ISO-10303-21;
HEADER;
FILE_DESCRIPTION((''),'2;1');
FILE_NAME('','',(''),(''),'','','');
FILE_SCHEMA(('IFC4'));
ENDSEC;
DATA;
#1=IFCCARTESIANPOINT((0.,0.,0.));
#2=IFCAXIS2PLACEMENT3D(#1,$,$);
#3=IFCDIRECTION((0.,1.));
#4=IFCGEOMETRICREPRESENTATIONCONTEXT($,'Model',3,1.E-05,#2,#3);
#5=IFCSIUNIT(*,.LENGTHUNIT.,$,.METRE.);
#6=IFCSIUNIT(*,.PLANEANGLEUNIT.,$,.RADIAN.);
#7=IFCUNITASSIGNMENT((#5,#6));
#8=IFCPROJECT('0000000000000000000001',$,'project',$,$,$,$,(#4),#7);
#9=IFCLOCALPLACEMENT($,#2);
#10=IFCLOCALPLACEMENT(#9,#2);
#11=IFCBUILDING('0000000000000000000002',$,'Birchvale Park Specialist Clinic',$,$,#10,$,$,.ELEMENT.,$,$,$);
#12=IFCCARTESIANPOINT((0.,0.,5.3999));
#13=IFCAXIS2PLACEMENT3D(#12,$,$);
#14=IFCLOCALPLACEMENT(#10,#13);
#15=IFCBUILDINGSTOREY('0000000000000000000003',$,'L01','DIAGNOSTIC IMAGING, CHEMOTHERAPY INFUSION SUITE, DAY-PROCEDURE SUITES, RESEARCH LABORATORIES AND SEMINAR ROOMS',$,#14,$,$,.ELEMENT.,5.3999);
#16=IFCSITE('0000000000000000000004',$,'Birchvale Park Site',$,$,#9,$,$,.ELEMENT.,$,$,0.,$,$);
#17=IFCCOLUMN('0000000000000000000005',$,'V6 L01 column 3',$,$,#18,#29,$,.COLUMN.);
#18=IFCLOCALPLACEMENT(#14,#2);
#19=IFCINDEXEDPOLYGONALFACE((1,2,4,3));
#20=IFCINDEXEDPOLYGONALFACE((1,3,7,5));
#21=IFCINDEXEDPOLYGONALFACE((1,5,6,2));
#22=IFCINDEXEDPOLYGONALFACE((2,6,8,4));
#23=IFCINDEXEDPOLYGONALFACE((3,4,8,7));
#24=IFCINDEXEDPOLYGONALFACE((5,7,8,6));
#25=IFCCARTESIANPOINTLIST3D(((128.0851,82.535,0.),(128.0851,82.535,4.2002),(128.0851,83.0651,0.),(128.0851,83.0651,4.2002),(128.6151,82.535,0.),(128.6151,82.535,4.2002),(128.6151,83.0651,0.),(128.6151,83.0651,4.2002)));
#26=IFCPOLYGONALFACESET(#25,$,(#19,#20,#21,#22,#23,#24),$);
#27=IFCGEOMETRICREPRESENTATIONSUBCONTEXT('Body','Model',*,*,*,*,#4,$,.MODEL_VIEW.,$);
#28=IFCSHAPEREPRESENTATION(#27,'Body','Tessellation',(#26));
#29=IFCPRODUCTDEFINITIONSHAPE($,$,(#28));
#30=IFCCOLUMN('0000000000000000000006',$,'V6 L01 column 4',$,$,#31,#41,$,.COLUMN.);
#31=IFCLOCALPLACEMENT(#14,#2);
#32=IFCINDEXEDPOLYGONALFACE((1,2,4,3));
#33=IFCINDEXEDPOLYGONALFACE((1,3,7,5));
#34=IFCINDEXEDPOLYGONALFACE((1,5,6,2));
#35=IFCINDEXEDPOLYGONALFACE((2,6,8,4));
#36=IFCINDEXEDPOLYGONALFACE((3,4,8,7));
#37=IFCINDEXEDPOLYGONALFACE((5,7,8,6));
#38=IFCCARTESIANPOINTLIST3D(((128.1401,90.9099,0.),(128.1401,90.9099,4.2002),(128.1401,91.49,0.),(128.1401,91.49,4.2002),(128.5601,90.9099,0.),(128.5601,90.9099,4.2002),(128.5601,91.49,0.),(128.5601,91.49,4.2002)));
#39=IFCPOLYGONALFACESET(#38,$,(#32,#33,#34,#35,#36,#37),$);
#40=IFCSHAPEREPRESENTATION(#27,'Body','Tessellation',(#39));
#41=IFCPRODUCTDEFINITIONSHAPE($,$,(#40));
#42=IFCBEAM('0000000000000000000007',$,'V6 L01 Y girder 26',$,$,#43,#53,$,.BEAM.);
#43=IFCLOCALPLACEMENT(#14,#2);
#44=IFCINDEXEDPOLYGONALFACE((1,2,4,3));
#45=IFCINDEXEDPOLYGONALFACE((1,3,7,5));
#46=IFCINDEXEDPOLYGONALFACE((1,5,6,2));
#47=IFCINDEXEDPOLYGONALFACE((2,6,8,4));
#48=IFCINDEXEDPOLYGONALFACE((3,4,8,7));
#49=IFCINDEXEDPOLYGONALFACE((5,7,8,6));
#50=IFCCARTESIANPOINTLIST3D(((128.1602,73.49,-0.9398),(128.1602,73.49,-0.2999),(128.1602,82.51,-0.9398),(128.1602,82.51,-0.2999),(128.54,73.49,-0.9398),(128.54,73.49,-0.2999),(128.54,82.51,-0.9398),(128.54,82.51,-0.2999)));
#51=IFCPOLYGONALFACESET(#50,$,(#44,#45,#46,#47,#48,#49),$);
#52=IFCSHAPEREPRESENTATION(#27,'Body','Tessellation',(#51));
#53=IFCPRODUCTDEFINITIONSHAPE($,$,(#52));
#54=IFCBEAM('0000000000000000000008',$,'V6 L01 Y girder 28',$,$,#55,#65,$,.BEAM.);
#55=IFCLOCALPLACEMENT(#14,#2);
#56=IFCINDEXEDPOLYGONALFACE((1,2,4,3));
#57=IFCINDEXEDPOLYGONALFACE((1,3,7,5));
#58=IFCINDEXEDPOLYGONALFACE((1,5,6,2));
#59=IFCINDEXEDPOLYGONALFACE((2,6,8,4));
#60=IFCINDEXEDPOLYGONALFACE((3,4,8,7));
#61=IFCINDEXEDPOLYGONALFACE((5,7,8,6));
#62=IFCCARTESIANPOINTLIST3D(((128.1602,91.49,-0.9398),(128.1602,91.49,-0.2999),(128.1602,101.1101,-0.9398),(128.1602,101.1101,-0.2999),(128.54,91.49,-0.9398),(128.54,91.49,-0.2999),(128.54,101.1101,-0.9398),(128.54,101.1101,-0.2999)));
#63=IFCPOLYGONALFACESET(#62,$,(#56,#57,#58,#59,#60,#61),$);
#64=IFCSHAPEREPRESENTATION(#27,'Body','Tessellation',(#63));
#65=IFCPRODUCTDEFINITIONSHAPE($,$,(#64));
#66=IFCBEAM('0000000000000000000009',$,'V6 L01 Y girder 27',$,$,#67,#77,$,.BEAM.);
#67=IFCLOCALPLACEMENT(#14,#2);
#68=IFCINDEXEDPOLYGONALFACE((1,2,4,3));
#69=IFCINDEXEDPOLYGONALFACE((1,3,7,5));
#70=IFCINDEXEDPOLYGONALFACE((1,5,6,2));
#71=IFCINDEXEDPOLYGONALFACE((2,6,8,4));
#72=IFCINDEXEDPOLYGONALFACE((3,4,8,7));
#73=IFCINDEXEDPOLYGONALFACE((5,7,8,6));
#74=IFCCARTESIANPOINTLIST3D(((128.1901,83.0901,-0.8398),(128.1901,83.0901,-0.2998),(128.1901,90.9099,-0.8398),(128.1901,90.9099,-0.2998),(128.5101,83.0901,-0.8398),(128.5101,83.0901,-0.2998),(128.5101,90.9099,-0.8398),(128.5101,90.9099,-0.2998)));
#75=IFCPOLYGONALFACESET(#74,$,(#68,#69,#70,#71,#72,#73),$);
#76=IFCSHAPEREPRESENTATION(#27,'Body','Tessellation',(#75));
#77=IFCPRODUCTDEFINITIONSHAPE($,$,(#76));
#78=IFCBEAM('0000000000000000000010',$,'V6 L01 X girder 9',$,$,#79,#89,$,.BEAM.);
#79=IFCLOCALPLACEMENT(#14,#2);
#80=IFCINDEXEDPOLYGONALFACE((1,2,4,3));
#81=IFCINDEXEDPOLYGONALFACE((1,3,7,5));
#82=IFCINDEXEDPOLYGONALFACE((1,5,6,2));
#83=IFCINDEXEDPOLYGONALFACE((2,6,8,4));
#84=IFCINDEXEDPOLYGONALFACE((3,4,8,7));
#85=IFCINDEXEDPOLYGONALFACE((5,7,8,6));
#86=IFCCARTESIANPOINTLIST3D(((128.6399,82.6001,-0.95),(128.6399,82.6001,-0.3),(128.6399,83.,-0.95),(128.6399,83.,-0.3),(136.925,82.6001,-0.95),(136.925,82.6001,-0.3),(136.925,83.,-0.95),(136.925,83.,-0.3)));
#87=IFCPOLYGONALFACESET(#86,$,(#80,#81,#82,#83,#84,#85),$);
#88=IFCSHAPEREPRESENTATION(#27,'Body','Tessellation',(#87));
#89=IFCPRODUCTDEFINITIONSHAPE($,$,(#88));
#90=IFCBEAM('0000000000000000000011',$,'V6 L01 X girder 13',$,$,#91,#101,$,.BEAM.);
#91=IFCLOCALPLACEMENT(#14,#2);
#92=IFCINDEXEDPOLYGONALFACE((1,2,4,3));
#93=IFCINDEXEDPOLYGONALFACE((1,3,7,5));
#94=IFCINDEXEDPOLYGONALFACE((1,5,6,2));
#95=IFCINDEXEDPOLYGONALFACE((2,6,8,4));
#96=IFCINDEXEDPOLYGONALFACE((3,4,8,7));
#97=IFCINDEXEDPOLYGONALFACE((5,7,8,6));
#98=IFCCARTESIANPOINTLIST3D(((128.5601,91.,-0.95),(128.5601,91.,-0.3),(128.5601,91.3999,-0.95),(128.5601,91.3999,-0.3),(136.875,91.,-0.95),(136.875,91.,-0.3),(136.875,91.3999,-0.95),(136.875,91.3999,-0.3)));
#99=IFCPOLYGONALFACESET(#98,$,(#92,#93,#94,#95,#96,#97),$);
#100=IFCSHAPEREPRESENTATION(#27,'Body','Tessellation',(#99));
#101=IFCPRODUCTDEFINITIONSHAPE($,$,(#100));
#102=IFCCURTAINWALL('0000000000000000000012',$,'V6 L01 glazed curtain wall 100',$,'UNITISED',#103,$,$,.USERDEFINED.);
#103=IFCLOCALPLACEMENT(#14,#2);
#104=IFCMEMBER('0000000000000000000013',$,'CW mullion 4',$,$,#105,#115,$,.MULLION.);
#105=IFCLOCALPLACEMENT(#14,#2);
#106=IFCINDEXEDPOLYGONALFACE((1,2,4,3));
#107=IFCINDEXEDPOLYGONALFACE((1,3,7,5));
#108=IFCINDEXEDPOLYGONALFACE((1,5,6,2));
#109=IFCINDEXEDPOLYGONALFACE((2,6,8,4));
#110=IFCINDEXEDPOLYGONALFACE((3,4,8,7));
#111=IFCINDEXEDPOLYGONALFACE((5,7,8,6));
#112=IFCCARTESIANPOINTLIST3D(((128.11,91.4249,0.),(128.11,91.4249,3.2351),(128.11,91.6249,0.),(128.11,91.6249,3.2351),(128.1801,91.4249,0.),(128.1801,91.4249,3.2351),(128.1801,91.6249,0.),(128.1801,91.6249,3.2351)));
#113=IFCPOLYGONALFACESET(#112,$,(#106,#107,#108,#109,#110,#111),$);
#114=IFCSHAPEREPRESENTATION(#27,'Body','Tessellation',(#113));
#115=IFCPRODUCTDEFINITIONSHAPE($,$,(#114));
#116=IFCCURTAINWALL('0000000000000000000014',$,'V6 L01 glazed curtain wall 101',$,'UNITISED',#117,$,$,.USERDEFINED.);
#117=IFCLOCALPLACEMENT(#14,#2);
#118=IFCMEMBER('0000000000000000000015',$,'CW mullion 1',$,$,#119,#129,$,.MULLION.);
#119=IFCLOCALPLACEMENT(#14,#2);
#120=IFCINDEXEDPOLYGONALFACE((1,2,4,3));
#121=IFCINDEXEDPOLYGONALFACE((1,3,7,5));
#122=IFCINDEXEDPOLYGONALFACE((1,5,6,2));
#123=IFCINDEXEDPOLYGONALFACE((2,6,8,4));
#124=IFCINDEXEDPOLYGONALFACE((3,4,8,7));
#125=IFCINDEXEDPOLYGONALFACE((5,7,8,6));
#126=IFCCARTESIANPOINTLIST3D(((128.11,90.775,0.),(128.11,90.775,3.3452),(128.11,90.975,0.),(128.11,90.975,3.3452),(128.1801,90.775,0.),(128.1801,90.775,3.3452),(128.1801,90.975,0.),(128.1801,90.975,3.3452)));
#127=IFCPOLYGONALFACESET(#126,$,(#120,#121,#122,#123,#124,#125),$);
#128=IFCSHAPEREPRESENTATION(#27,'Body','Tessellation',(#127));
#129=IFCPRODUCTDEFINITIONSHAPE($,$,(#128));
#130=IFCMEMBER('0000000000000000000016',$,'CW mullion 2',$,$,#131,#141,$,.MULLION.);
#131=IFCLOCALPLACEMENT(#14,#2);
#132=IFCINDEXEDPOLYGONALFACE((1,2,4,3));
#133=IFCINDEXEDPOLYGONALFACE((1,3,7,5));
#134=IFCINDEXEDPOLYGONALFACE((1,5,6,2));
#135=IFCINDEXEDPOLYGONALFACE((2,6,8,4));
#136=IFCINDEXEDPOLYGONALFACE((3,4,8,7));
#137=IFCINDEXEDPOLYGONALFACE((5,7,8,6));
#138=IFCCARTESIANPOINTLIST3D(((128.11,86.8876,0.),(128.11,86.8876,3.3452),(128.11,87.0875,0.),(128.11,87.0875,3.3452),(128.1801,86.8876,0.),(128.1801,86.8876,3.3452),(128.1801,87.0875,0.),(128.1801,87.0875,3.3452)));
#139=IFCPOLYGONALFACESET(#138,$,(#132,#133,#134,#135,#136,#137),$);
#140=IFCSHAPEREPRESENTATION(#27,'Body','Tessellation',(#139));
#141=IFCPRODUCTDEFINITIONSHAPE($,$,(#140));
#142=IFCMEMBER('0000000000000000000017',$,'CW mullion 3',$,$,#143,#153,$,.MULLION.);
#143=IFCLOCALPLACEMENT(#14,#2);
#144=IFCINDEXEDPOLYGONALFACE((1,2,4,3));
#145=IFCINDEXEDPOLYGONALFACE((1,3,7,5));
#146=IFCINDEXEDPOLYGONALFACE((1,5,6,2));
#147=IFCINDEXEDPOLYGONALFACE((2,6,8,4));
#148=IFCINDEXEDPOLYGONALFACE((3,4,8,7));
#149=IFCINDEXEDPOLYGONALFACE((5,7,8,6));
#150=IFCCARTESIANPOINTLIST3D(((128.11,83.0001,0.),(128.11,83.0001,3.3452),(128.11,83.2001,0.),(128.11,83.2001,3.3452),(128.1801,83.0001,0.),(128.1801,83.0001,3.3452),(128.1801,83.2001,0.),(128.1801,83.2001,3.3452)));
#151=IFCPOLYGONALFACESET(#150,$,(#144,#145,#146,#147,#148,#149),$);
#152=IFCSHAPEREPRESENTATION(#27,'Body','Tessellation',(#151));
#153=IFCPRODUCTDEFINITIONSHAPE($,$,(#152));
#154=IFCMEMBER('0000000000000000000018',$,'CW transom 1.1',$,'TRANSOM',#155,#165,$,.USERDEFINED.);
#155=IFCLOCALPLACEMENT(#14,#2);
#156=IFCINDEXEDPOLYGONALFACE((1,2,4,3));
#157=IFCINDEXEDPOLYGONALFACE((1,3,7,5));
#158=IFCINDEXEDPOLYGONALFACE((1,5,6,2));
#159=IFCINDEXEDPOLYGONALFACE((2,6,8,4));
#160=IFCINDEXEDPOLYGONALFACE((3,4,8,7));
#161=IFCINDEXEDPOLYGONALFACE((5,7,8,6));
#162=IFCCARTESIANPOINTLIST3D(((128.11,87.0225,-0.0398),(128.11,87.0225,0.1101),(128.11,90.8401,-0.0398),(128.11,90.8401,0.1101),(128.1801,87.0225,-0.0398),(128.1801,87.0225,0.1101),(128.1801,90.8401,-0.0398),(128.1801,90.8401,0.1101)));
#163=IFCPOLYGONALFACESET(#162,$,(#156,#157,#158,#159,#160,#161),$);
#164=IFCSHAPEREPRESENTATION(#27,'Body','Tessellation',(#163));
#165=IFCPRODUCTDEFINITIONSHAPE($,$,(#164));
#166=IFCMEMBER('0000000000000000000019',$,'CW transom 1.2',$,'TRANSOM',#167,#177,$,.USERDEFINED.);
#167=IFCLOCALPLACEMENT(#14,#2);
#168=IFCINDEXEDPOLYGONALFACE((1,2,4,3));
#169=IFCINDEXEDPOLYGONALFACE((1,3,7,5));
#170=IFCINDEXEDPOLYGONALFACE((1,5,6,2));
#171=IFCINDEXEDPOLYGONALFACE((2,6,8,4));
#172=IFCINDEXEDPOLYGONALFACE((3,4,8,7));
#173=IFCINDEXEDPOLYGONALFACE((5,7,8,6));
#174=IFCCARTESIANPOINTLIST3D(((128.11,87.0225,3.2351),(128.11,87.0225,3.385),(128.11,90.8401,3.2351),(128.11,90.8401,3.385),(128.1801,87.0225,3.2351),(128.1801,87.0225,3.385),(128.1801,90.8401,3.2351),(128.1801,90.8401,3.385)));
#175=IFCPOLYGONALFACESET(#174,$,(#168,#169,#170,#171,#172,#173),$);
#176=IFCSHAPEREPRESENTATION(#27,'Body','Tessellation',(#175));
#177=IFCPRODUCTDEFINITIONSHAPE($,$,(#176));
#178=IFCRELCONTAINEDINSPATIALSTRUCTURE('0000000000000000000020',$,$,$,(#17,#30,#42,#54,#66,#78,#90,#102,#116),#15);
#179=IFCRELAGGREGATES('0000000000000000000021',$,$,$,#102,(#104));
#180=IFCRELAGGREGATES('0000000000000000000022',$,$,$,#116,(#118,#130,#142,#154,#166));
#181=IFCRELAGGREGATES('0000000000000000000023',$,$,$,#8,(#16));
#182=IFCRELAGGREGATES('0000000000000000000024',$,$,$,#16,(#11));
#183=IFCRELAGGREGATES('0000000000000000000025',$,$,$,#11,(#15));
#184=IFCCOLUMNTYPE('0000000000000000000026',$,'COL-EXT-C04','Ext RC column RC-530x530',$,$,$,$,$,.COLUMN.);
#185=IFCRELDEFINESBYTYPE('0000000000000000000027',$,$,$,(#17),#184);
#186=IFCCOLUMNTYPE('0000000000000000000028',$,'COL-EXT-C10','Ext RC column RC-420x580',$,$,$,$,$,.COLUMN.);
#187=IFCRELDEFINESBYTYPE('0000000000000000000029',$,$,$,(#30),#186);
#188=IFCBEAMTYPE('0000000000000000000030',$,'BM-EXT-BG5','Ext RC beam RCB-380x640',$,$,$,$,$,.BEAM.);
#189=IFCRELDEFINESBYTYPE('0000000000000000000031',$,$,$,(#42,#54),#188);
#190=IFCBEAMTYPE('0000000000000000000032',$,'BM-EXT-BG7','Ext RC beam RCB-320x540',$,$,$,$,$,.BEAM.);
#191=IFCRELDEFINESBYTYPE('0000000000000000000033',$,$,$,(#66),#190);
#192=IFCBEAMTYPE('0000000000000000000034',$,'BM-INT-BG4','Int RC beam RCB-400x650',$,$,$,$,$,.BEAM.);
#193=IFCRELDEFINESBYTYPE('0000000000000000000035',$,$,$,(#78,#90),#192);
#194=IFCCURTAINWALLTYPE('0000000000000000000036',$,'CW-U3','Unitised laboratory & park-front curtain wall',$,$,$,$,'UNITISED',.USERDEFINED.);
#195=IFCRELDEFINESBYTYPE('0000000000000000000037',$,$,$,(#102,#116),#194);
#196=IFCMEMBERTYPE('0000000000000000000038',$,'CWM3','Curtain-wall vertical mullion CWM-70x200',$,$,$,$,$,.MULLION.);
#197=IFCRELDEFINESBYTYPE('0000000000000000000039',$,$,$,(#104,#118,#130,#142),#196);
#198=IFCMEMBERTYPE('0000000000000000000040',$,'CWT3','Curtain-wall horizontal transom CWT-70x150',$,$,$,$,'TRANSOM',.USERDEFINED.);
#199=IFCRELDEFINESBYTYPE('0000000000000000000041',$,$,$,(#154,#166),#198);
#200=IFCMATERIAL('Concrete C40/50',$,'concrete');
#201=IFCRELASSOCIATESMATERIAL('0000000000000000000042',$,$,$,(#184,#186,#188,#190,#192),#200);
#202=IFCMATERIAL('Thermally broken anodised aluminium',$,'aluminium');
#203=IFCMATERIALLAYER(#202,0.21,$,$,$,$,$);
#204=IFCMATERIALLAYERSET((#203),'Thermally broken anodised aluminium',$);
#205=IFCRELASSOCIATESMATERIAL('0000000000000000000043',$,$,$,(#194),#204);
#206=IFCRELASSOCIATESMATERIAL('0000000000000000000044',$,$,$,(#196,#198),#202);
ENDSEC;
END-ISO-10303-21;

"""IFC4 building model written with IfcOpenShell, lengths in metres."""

from ifc_helpers import new_model, si_unit, direction, frame, origin, origin_2d, place, context, subcontext, project, spatial, rectangle, extrude, material, layer, layer_set, material_profile, profile_set, type_object, element, aggregate, save


model = new_model("IFC4")

# Units and contexts
model_context = context("Model", 3, precision=1e-05, world=origin(), true_north=direction((0.0, 1.0)))
body_context = subcontext(model_context, "Body", "Model", "MODEL_VIEW")
ifc_project = project(units=[si_unit("LENGTHUNIT", "METRE"), si_unit("PLANEANGLEUNIT", "RADIAN")], contexts=[model_context])

# Site, building, storey
site_placement = place(None, origin())
site = spatial("IfcSite", under=ifc_project, at=site_placement, Name="Birchvale Park Site", CompositionType="ELEMENT", RefElevation=0.0)
building_placement = place(site_placement, origin())
building = spatial("IfcBuilding", under=site, at=building_placement, Name="Birchvale Park Specialist Clinic", CompositionType="ELEMENT")
storey_placement = place(building_placement, frame((0.0, 0.0, 5.3999)))
storey = spatial("IfcBuildingStorey", under=building, at=storey_placement, Name="L01", Description="DIAGNOSTIC IMAGING, CHEMOTHERAPY INFUSION SUITE, DAY-PROCEDURE SUITES, RESEARCH LABORATORIES AND SEMINAR ROOMS", CompositionType="ELEMENT", Elevation=5.3999)

# Columns
ifc_material_1 = material(Name="Concrete C40/50", Category="concrete")
ifc_material_profile_1 = material_profile(ifc_material_1, rectangle(XDim=0.53, YDim=0.53, at=origin_2d()), Name="RC-530x530")
ifc_profile_set_1 = profile_set([ifc_material_profile_1], Name="Concrete C40/50")
column_type_1 = type_object("IfcColumnType", Name="COL-EXT-C04", Description="Ext RC column RC-530x530", PredefinedType="COLUMN", material=ifc_profile_set_1)
column_1_placement = place(storey_placement, frame((128.3501, 82.8, 0.0), z_axis=(0.0, 0.0, 1.0), x_axis=(1.0, 0.0, 0.0)))
element("IfcColumn", 1, at=column_1_placement, inside=storey, type_object=column_type_1, Name="V6 L01 column 3", PredefinedType="COLUMN", context=body_context, shape_type="SweptSolid", body=[
    extrude(rectangle(XDim=0.53, YDim=0.53, at=origin_2d()), origin(), (0.0, 0.0, 1.0), 4.2002),
])
ifc_material_profile_2 = material_profile(ifc_material_1, rectangle(XDim=0.4199, YDim=0.5801, at=origin_2d()), Name="RC-420x580")
ifc_profile_set_2 = profile_set([ifc_material_profile_2], Name="Concrete C40/50")
column_type_2 = type_object("IfcColumnType", Name="COL-EXT-C10", Description="Ext RC column RC-420x580", PredefinedType="COLUMN", material=ifc_profile_set_2)
column_2_placement = place(storey_placement, frame((128.3501, 91.2, 0.0), z_axis=(0.0, 0.0, 1.0), x_axis=(1.0, 0.0, 0.0)))
element("IfcColumn", 2, at=column_2_placement, inside=storey, type_object=column_type_2, Name="V6 L01 column 4", PredefinedType="COLUMN", context=body_context, shape_type="SweptSolid", body=[
    extrude(rectangle(XDim=0.4199, YDim=0.5801, at=origin_2d()), origin(), (0.0, 0.0, 1.0), 4.2002),
])

# Beams
ifc_material_profile_3 = material_profile(ifc_material_1, rectangle(XDim=0.3799, YDim=0.6399, at=origin_2d()), Name="RCB-380x640")
ifc_profile_set_3 = profile_set([ifc_material_profile_3], Name="Concrete C40/50")
beam_type_1 = type_object("IfcBeamType", Name="BM-EXT-BG5", Description="Ext RC beam RCB-380x640", PredefinedType="BEAM", material=ifc_profile_set_3)
beam_1_placement = place(storey_placement, frame((128.3501, 73.49, -0.6199), z_axis=(0.0, 1.0, 0.0), x_axis=(-1.0, 0.0, 0.0)))
element("IfcBeam", 3, at=beam_1_placement, inside=storey, type_object=beam_type_1, Name="V6 L01 Y girder 26", PredefinedType="BEAM", context=body_context, shape_type="SweptSolid", body=[
    extrude(rectangle(XDim=0.3799, YDim=0.6399, at=origin_2d()), origin(), (0.0, 0.0, 1.0), 9.02),
])
beam_2_placement = place(storey_placement, frame((128.3501, 91.49, -0.6199), z_axis=(0.0, 1.0, 0.0), x_axis=(-1.0, 0.0, 0.0)))
element("IfcBeam", 4, at=beam_2_placement, inside=storey, type_object=beam_type_1, Name="V6 L01 Y girder 28", PredefinedType="BEAM", context=body_context, shape_type="SweptSolid", body=[
    extrude(rectangle(XDim=0.3799, YDim=0.6399, at=origin_2d()), origin(), (0.0, 0.0, 1.0), 9.6201),
])
ifc_material_profile_4 = material_profile(ifc_material_1, rectangle(XDim=0.3201, YDim=0.54, at=origin_2d()), Name="RCB-320x540")
ifc_profile_set_4 = profile_set([ifc_material_profile_4], Name="Concrete C40/50")
beam_type_2 = type_object("IfcBeamType", Name="BM-EXT-BG7", Description="Ext RC beam RCB-320x540", PredefinedType="BEAM", material=ifc_profile_set_4)
beam_3_placement = place(storey_placement, frame((128.3501, 83.0901, -0.5698), z_axis=(0.0, 1.0, 0.0), x_axis=(-1.0, 0.0, 0.0)))
element("IfcBeam", 5, at=beam_3_placement, inside=storey, type_object=beam_type_2, Name="V6 L01 Y girder 27", PredefinedType="BEAM", context=body_context, shape_type="SweptSolid", body=[
    extrude(rectangle(XDim=0.3201, YDim=0.54, at=origin_2d()), origin(), (0.0, 0.0, 1.0), 7.8198),
])
ifc_material_profile_5 = material_profile(ifc_material_1, rectangle(XDim=0.3999, YDim=0.6499, at=origin_2d()), Name="RCB-400x650")
ifc_profile_set_5 = profile_set([ifc_material_profile_5], Name="Concrete C40/50")
beam_type_3 = type_object("IfcBeamType", Name="BM-INT-BG4", Description="Int RC beam RCB-400x650", PredefinedType="BEAM", material=ifc_profile_set_5)
beam_4_placement = place(storey_placement, frame((128.6399, 82.8, -0.625), z_axis=(1.0, 0.0, 0.0), x_axis=(0.0, 1.0, 0.0)))
element("IfcBeam", 6, at=beam_4_placement, inside=storey, type_object=beam_type_3, Name="V6 L01 X girder 9", PredefinedType="BEAM", context=body_context, shape_type="SweptSolid", body=[
    extrude(rectangle(XDim=0.3999, YDim=0.6499, at=origin_2d()), origin(), (0.0, 0.0, 1.0), 8.2852),
])
beam_5_placement = place(storey_placement, frame((128.5601, 91.2, -0.625), z_axis=(1.0, 0.0, 0.0), x_axis=(0.0, 1.0, 0.0)))
element("IfcBeam", 7, at=beam_5_placement, inside=storey, type_object=beam_type_3, Name="V6 L01 X girder 13", PredefinedType="BEAM", context=body_context, shape_type="SweptSolid", body=[
    extrude(rectangle(XDim=0.3999, YDim=0.6499, at=origin_2d()), origin(), (0.0, 0.0, 1.0), 8.3149),
])

# Curtain wall, member
ifc_material_2 = material(Name="Thermally broken anodised aluminium", Category="aluminium")
ifc_layer_1 = layer(ifc_material_2, 0.21)
ifc_layer_set_1 = layer_set([ifc_layer_1], Name="Thermally broken anodised aluminium")
curtain_wall_type = type_object("IfcCurtainWallType", Name="CW-U3", Description="Unitised laboratory & park-front curtain wall", ElementType="UNITISED", PredefinedType="USERDEFINED", material=ifc_layer_set_1)
curtain_wall_1_placement = place(storey_placement, origin())
curtain_wall_1 = element("IfcCurtainWall", 8, at=curtain_wall_1_placement, inside=storey, type_object=curtain_wall_type, Name="V6 L01 glazed curtain wall 100", ObjectType="UNITISED", PredefinedType="USERDEFINED")
ifc_material_profile_6 = material_profile(ifc_material_2, rectangle(XDim=0.0701, YDim=0.2, at=origin_2d()), Name="CWM-70x200")
ifc_profile_set_6 = profile_set([ifc_material_profile_6], Name="Thermally broken anodised aluminium")
member_type_1 = type_object("IfcMemberType", Name="CWM3", Description="Curtain-wall vertical mullion CWM-70x200", PredefinedType="MULLION", material=ifc_profile_set_6)
member_1_placement = place(storey_placement, frame((128.145, 91.5249, 0.0), z_axis=(0.0, 0.0, 1.0), x_axis=(1.0, 0.0, 0.0)))
member_1 = element("IfcMember", 9, at=member_1_placement, type_object=member_type_1, Name="CW mullion 4", PredefinedType="MULLION", context=body_context, shape_type="SweptSolid", body=[
    extrude(rectangle(XDim=0.0701, YDim=0.2, at=origin_2d()), origin(), (0.0, 0.0, 1.0), 3.2351),
])
aggregate(curtain_wall_1, [member_1])

# Curtain wall, members
curtain_wall_2_placement = place(storey_placement, origin())
curtain_wall_2 = element("IfcCurtainWall", 10, at=curtain_wall_2_placement, inside=storey, type_object=curtain_wall_type, Name="V6 L01 glazed curtain wall 101", ObjectType="UNITISED", PredefinedType="USERDEFINED")
member_2_placement = place(storey_placement, frame((128.145, 90.875, 0.0), z_axis=(0.0, 0.0, 1.0), x_axis=(1.0, 0.0, 0.0)))
member_2 = element("IfcMember", 11, at=member_2_placement, type_object=member_type_1, Name="CW mullion 1", PredefinedType="MULLION", context=body_context, shape_type="SweptSolid", body=[
    extrude(rectangle(XDim=0.0701, YDim=0.2, at=origin_2d()), origin(), (0.0, 0.0, 1.0), 3.3452),
])
member_3_placement = place(storey_placement, frame((128.145, 86.9875, 0.0), z_axis=(0.0, 0.0, 1.0), x_axis=(1.0, 0.0, 0.0)))
member_3 = element("IfcMember", 12, at=member_3_placement, type_object=member_type_1, Name="CW mullion 2", PredefinedType="MULLION", context=body_context, shape_type="SweptSolid", body=[
    extrude(rectangle(XDim=0.0701, YDim=0.2, at=origin_2d()), origin(), (0.0, 0.0, 1.0), 3.3452),
])
member_4_placement = place(storey_placement, frame((128.145, 83.1001, 0.0), z_axis=(0.0, 0.0, 1.0), x_axis=(1.0, 0.0, 0.0)))
member_4 = element("IfcMember", 13, at=member_4_placement, type_object=member_type_1, Name="CW mullion 3", PredefinedType="MULLION", context=body_context, shape_type="SweptSolid", body=[
    extrude(rectangle(XDim=0.0701, YDim=0.2, at=origin_2d()), origin(), (0.0, 0.0, 1.0), 3.3452),
])
ifc_material_profile_7 = material_profile(ifc_material_2, rectangle(XDim=0.0701, YDim=0.1499, at=origin_2d()), Name="CWT-70x150")
ifc_profile_set_7 = profile_set([ifc_material_profile_7], Name="Thermally broken anodised aluminium")
member_type_2 = type_object("IfcMemberType", Name="CWT3", Description="Curtain-wall horizontal transom CWT-70x150", ElementType="TRANSOM", PredefinedType="USERDEFINED", material=ifc_profile_set_7)
member_5_placement = place(storey_placement, frame((128.145, 90.8401, 0.0352), z_axis=(0.0, -1.0, 0.0), x_axis=(1.0, 0.0, 0.0)))
member_5 = element("IfcMember", 14, at=member_5_placement, type_object=member_type_2, Name="CW transom 1.1", ObjectType="TRANSOM", PredefinedType="USERDEFINED", context=body_context, shape_type="SweptSolid", body=[
    extrude(rectangle(XDim=0.0701, YDim=0.1499, at=origin_2d()), origin(), (0.0, 0.0, 1.0), 3.8176),
])
member_6_placement = place(storey_placement, frame((128.145, 90.8401, 3.3101), z_axis=(0.0, -1.0, 0.0), x_axis=(1.0, 0.0, 0.0)))
member_6 = element("IfcMember", 15, at=member_6_placement, type_object=member_type_2, Name="CW transom 1.2", ObjectType="TRANSOM", PredefinedType="USERDEFINED", context=body_context, shape_type="SweptSolid", body=[
    extrude(rectangle(XDim=0.0701, YDim=0.1499, at=origin_2d()), origin(), (0.0, 0.0, 1.0), 3.8176),
])

aggregate(curtain_wall_2, [member_2, member_3, member_4, member_5, member_6])

save(model, "model.ifc")
